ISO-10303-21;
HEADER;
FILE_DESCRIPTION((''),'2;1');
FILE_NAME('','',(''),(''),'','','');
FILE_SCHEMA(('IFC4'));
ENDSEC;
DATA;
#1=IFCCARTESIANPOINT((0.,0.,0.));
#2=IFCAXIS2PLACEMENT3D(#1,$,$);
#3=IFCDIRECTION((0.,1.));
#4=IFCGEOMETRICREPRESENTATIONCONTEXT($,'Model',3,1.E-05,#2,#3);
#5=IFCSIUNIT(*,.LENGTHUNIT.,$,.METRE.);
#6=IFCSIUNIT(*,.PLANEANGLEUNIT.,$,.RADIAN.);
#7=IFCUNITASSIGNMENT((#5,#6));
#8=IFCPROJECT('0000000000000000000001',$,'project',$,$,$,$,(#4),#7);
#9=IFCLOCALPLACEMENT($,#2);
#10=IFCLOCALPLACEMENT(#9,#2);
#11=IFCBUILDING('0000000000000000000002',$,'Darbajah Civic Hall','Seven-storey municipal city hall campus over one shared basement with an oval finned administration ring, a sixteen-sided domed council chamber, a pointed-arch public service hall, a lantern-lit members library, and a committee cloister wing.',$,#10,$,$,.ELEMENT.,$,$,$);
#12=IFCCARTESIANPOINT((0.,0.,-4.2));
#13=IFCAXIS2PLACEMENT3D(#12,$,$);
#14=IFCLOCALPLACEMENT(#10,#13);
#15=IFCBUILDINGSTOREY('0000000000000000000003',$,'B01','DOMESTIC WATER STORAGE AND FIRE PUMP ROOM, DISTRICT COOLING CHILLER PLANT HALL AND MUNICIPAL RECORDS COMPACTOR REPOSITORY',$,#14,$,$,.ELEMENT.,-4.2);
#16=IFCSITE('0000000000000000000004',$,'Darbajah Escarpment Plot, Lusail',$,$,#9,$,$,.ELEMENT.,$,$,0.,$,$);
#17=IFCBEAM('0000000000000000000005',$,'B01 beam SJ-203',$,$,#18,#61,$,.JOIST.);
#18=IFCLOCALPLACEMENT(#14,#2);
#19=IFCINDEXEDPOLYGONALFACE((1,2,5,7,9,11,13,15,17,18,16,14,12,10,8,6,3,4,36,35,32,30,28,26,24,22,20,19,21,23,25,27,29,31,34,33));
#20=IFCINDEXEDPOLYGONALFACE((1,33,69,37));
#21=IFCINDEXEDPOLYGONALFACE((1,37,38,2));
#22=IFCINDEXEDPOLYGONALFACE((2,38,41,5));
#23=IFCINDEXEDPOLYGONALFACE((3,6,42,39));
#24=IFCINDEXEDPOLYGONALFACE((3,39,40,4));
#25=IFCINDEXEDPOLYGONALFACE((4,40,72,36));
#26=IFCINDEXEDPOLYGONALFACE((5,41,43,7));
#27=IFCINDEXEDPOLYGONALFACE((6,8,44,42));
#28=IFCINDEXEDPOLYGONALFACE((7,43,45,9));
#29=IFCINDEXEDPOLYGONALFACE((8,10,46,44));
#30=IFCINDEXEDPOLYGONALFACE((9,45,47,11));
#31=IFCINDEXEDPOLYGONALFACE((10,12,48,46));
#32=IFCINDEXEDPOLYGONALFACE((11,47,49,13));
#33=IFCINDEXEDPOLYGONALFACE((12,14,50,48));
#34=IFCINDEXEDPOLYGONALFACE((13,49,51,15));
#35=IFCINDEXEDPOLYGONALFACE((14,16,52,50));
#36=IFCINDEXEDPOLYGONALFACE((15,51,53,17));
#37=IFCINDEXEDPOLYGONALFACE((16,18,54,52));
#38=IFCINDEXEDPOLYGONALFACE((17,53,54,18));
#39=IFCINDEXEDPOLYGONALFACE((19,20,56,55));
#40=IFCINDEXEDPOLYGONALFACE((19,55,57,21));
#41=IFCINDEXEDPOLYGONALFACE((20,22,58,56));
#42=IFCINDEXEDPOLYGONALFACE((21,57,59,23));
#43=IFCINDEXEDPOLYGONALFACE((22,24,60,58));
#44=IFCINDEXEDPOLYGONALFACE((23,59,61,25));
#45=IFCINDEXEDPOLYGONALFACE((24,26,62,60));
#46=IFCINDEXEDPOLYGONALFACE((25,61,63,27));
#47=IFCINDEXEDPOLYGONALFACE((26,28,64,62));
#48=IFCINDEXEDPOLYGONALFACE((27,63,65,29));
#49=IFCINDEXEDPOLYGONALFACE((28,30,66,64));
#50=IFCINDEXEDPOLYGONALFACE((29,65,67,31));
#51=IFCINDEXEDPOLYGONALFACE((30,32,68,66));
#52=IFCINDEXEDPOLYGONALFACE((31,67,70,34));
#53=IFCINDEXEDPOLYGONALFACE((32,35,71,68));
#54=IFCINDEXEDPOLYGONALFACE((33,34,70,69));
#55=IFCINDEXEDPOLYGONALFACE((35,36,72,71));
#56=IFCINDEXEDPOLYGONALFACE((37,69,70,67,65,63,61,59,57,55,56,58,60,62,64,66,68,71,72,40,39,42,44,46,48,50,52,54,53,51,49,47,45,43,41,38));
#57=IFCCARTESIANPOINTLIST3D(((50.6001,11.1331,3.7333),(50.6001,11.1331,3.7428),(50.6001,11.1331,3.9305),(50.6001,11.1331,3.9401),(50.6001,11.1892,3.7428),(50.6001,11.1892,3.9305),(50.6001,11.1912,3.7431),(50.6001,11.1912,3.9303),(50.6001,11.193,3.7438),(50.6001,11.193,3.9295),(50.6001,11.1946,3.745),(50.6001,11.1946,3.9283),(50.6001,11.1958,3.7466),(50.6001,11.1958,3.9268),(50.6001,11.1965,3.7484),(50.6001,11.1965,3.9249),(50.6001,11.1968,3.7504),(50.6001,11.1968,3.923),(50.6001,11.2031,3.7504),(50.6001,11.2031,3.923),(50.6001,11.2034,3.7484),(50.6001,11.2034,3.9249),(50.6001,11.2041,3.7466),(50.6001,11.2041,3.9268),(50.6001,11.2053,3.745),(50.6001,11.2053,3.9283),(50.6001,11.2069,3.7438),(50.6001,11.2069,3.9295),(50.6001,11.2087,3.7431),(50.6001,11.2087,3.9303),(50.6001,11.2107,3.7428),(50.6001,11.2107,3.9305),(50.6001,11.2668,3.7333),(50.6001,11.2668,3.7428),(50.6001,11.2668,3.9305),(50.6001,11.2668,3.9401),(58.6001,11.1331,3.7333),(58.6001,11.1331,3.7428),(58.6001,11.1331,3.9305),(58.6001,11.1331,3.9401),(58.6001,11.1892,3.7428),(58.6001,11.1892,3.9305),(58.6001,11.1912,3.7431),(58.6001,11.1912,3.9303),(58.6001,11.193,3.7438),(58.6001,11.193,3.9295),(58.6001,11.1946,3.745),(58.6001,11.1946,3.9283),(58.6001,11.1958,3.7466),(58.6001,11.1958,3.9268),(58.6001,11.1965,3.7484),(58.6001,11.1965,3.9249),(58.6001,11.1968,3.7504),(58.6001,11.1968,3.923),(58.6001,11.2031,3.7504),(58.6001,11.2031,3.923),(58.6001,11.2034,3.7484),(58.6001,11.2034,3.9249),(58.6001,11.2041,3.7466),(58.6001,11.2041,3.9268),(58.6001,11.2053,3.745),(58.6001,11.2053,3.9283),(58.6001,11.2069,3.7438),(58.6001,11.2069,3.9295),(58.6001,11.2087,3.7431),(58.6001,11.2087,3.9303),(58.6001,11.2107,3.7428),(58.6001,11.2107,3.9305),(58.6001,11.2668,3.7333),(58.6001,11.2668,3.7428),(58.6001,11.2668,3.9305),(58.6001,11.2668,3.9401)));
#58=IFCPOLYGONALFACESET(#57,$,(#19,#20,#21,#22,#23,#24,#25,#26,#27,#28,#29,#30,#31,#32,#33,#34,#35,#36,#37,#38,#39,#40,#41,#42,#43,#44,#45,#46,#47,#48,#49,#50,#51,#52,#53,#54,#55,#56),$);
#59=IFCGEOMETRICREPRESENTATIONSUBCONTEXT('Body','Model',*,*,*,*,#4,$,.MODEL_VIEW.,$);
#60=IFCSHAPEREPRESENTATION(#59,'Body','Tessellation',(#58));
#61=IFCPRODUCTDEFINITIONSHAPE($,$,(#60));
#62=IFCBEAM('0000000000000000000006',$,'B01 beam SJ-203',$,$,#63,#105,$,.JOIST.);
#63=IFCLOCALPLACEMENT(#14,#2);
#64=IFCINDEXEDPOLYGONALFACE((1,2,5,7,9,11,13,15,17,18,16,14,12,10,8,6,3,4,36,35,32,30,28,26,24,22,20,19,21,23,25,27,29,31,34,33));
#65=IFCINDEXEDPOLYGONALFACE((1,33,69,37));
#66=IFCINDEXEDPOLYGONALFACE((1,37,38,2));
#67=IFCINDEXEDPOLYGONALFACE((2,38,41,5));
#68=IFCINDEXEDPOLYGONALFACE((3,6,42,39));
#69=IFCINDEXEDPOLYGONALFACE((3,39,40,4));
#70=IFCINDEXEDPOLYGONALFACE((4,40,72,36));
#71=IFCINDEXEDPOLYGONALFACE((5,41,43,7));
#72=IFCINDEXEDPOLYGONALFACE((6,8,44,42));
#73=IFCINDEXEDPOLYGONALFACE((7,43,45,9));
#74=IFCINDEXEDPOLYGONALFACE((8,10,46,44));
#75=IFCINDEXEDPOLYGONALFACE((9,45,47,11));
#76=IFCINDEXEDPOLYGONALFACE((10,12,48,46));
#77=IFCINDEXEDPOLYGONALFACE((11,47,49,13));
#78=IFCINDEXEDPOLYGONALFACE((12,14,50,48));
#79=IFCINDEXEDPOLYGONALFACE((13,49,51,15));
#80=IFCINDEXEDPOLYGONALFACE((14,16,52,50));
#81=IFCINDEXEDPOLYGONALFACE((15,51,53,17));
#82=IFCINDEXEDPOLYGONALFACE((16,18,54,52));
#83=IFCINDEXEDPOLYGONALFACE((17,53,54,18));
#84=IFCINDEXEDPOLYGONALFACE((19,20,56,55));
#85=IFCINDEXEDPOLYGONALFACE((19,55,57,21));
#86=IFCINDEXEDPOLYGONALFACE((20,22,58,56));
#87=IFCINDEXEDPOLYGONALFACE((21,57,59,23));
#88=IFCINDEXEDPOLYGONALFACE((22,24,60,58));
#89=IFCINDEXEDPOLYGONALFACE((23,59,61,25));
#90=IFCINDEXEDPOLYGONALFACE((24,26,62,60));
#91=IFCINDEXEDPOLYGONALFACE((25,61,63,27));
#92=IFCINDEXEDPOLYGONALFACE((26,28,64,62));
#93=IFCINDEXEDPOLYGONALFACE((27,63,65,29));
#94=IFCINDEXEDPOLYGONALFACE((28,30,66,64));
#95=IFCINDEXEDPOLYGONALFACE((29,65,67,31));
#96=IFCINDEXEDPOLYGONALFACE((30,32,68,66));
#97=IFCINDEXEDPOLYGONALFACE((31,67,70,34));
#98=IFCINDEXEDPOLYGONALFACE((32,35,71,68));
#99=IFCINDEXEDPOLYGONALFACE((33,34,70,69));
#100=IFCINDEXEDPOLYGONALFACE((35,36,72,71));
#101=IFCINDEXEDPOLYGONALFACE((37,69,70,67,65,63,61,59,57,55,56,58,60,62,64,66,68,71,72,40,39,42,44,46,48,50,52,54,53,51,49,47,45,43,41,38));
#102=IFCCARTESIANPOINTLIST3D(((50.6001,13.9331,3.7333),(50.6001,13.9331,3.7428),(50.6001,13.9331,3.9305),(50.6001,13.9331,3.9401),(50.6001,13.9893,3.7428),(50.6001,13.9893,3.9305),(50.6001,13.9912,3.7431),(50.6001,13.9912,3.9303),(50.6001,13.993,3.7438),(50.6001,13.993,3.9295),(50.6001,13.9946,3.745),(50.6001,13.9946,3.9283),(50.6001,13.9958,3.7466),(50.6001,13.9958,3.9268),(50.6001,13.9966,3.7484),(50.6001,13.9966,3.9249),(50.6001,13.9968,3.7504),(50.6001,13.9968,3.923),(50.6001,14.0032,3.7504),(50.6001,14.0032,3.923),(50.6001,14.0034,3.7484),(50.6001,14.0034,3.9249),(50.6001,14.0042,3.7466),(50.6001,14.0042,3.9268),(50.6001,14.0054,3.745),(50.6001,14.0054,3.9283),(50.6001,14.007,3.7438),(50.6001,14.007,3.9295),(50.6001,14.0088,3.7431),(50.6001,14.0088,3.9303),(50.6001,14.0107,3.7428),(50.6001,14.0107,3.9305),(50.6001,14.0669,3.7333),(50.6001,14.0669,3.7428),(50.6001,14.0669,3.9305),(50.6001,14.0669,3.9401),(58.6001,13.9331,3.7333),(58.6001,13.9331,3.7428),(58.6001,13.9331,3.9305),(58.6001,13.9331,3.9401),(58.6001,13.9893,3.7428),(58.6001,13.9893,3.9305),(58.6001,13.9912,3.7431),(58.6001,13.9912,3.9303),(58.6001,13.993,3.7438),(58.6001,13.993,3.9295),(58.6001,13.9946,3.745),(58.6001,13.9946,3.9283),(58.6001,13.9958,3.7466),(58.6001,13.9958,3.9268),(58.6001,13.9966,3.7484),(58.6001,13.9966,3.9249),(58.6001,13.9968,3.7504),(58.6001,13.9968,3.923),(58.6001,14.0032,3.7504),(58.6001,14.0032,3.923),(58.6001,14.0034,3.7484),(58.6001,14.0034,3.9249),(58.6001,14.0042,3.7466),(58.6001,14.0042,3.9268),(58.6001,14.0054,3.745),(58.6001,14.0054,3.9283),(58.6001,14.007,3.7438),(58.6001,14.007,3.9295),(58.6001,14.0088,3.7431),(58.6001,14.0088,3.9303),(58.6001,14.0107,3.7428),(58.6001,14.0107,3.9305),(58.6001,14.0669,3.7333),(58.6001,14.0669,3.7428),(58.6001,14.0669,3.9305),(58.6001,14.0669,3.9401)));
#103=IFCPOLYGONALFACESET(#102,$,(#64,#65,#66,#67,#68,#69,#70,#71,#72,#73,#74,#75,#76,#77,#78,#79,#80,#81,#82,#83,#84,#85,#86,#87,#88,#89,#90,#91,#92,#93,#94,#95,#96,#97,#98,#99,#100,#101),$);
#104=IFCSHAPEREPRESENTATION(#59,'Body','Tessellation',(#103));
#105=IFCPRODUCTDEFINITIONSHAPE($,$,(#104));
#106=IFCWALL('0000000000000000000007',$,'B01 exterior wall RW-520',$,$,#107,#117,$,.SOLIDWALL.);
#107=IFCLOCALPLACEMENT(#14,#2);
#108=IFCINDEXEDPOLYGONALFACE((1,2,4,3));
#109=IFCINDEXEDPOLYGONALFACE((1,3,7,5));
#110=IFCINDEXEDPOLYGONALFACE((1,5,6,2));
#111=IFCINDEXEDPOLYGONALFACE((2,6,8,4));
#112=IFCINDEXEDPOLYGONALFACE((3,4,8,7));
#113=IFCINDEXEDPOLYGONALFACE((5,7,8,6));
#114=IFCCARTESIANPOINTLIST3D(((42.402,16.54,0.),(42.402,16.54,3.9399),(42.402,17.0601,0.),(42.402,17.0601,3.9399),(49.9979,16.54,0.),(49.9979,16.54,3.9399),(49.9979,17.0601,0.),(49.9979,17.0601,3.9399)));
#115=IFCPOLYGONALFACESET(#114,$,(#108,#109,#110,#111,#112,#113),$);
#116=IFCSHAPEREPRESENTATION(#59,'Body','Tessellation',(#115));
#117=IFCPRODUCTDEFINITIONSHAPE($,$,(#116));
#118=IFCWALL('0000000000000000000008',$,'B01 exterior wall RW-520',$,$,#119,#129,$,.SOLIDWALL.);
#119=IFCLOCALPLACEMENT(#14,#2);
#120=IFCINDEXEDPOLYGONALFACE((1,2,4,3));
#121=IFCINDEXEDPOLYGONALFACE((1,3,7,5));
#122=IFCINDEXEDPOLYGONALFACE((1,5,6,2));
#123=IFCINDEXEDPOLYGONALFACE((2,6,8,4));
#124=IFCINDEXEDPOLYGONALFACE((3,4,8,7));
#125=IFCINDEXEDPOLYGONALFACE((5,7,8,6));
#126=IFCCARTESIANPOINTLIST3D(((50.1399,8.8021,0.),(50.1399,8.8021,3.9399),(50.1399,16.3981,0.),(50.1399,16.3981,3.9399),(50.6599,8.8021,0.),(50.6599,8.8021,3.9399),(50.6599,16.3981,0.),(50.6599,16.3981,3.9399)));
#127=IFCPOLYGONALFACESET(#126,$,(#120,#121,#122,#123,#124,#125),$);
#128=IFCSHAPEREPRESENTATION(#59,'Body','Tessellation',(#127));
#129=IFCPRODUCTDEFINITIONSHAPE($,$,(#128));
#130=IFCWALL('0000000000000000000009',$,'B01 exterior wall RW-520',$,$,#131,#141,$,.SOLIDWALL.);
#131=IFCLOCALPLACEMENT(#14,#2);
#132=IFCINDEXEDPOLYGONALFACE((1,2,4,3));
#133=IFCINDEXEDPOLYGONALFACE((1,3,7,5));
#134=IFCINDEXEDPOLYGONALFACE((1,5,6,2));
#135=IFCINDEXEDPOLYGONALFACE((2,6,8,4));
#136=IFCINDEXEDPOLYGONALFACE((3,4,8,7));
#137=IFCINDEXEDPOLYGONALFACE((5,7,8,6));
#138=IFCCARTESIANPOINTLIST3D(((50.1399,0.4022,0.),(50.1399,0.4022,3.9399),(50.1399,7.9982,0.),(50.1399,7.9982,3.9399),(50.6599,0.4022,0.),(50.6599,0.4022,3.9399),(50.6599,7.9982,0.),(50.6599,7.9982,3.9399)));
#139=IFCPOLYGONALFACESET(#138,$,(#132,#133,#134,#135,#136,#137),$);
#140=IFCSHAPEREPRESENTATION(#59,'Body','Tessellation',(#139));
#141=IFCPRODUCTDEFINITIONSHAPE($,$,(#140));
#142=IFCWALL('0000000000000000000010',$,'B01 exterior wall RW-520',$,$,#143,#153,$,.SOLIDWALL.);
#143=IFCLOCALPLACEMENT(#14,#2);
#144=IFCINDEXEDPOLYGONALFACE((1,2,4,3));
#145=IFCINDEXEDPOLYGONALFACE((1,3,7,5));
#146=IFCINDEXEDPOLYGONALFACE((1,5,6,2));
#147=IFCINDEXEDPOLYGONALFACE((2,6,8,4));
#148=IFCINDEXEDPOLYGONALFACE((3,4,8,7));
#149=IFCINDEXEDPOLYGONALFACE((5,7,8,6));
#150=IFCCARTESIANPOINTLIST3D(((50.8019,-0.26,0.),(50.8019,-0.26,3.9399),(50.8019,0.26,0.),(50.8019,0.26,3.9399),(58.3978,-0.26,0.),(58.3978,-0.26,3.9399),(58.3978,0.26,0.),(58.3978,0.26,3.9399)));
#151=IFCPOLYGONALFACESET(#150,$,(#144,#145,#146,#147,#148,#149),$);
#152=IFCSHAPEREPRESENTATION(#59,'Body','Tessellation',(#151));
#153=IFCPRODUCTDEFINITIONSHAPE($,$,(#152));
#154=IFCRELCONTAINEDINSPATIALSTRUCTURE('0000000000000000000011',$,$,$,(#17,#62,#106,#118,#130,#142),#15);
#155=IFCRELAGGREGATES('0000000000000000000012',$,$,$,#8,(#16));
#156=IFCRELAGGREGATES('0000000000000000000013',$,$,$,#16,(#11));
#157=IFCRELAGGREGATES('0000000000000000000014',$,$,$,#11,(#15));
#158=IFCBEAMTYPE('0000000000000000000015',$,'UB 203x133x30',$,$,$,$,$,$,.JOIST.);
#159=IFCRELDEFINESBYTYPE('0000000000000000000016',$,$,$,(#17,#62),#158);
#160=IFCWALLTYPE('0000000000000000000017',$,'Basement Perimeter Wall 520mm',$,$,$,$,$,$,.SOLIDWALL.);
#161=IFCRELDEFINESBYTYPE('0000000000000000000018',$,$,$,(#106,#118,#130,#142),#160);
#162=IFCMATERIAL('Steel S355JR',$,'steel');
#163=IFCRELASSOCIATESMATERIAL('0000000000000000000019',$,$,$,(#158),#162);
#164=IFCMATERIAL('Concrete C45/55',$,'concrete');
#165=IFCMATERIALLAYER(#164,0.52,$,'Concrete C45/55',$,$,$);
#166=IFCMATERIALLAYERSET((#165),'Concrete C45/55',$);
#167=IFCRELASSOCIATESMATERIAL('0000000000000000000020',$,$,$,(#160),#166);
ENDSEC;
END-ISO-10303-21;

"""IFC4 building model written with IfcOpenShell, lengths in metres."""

from ifc_helpers import new_model, si_unit, direction, frame, frame_2d, origin, origin_2d, place, context, subcontext, project, spatial, rectangle, i_section, extrude, material, layer, layer_set, material_profile, profile_set, type_object, element, save


model = new_model("IFC4")

# Units and contexts
model_context = context("Model", 3, precision=1e-05, world=origin(), true_north=direction((0.0, 1.0)))
body_context = subcontext(model_context, "Body", "Model", "MODEL_VIEW")
ifc_project = project(units=[si_unit("LENGTHUNIT", "METRE"), si_unit("PLANEANGLEUNIT", "RADIAN")], contexts=[model_context])

# Site, building, storey
site_placement = place(None, origin())
site = spatial("IfcSite", under=ifc_project, at=site_placement, Name="Darbajah Escarpment Plot, Lusail", CompositionType="ELEMENT", RefElevation=0.0)
building_placement = place(site_placement, origin())
building = spatial("IfcBuilding", under=site, at=building_placement, Name="Darbajah Civic Hall", Description="Seven-storey municipal city hall campus over one shared basement with an oval finned administration ring, a sixteen-sided domed council chamber, a pointed-arch public service hall, a lantern-lit members library, and a committee cloister wing.", CompositionType="ELEMENT")
storey_placement = place(building_placement, frame((0.0, 0.0, -4.2)))
storey = spatial("IfcBuildingStorey", under=building, at=storey_placement, Name="B01", Description="DOMESTIC WATER STORAGE AND FIRE PUMP ROOM, DISTRICT COOLING CHILLER PLANT HALL AND MUNICIPAL RECORDS COMPACTOR REPOSITORY", CompositionType="ELEMENT", Elevation=-4.2)

# Shared definitions
ifc_material_1 = material(Name="Concrete C45/55", Category="concrete")

# Beams
ifc_material_2 = material(Name="Steel S355JR", Category="steel")
ifc_material_profile_1 = material_profile(ifc_material_2, i_section(OverallWidth=0.1338, OverallDepth=0.2068, WebThickness=0.0063, FlangeThickness=0.0095, FilletRadius=0.0076, at=origin_2d()), Name="UB 203x133x30")
ifc_profile_set_1 = profile_set([ifc_material_profile_1], Name="Steel S355JR")
beam_type_1 = type_object("IfcBeamType", Name="UB 203x133x30", PredefinedType="JOIST", material=ifc_profile_set_1)
for number, where, z_axis, x_axis, name in (
    (1, (50.6001, 11.2, 3.8367), (1.0, 0.0, 0.0), (0.0, 1.0, 0.0), "B01 beam SJ-203"),
    (2, (50.6001, 14.0, 3.8367), (1.0, 0.0, 0.0), (0.0, 1.0, 0.0), "B01 beam SJ-203"),
):
    element("IfcBeam", number, at=place(storey_placement, frame(where, z_axis=z_axis, x_axis=x_axis)), inside=storey, type_object=beam_type_1, Name=name, PredefinedType="JOIST", context=body_context, shape_type="SweptSolid", body=[
        extrude(i_section(OverallWidth=0.1338, OverallDepth=0.2068, WebThickness=0.0063, FlangeThickness=0.0095, FilletRadius=0.0076, at=origin_2d()), origin(), (0.0, 0.0, 1.0), 8.0),
    ])

# Walls
ifc_layer = layer(ifc_material_1, 0.52, Name="Concrete C45/55")
ifc_layer_set = layer_set([ifc_layer], Name="Concrete C45/55")
wall_type = type_object("IfcWallType", Name="Basement Perimeter Wall 520mm", PredefinedType="SOLIDWALL", material=ifc_layer_set)
for number, where, z_axis, x_axis, name in (
    (3, (42.4021, 16.8, 0.0), (0.0, 0.0, 1.0), (1.0, 0.0, 0.0), "B01 exterior wall RW-520"),
    (4, (50.3999, 16.3979, 0.0), (0.0, 0.0, 1.0), (0.0, -1.0, 0.0), "B01 exterior wall RW-520"),
    (5, (50.3999, 7.998, 0.0), (0.0, 0.0, 1.0), (0.0, -1.0, 0.0), "B01 exterior wall RW-520"),
    (6, (50.802, 0.0, 0.0), (0.0, 0.0, 1.0), (1.0, 0.0, 0.0), "B01 exterior wall RW-520"),
):
    element("IfcWall", number, at=place(storey_placement, frame(where, z_axis=z_axis, x_axis=x_axis)), inside=storey, type_object=wall_type, Name=name, PredefinedType="SOLIDWALL", context=body_context, shape_type="SweptSolid", body=[
        extrude(rectangle(XDim=7.5959, YDim=0.52, at=frame_2d((3.7979, 0.0))), origin(), (0.0, 0.0, 1.0), 3.9399),
    ])

save(model, "model.ifc")
